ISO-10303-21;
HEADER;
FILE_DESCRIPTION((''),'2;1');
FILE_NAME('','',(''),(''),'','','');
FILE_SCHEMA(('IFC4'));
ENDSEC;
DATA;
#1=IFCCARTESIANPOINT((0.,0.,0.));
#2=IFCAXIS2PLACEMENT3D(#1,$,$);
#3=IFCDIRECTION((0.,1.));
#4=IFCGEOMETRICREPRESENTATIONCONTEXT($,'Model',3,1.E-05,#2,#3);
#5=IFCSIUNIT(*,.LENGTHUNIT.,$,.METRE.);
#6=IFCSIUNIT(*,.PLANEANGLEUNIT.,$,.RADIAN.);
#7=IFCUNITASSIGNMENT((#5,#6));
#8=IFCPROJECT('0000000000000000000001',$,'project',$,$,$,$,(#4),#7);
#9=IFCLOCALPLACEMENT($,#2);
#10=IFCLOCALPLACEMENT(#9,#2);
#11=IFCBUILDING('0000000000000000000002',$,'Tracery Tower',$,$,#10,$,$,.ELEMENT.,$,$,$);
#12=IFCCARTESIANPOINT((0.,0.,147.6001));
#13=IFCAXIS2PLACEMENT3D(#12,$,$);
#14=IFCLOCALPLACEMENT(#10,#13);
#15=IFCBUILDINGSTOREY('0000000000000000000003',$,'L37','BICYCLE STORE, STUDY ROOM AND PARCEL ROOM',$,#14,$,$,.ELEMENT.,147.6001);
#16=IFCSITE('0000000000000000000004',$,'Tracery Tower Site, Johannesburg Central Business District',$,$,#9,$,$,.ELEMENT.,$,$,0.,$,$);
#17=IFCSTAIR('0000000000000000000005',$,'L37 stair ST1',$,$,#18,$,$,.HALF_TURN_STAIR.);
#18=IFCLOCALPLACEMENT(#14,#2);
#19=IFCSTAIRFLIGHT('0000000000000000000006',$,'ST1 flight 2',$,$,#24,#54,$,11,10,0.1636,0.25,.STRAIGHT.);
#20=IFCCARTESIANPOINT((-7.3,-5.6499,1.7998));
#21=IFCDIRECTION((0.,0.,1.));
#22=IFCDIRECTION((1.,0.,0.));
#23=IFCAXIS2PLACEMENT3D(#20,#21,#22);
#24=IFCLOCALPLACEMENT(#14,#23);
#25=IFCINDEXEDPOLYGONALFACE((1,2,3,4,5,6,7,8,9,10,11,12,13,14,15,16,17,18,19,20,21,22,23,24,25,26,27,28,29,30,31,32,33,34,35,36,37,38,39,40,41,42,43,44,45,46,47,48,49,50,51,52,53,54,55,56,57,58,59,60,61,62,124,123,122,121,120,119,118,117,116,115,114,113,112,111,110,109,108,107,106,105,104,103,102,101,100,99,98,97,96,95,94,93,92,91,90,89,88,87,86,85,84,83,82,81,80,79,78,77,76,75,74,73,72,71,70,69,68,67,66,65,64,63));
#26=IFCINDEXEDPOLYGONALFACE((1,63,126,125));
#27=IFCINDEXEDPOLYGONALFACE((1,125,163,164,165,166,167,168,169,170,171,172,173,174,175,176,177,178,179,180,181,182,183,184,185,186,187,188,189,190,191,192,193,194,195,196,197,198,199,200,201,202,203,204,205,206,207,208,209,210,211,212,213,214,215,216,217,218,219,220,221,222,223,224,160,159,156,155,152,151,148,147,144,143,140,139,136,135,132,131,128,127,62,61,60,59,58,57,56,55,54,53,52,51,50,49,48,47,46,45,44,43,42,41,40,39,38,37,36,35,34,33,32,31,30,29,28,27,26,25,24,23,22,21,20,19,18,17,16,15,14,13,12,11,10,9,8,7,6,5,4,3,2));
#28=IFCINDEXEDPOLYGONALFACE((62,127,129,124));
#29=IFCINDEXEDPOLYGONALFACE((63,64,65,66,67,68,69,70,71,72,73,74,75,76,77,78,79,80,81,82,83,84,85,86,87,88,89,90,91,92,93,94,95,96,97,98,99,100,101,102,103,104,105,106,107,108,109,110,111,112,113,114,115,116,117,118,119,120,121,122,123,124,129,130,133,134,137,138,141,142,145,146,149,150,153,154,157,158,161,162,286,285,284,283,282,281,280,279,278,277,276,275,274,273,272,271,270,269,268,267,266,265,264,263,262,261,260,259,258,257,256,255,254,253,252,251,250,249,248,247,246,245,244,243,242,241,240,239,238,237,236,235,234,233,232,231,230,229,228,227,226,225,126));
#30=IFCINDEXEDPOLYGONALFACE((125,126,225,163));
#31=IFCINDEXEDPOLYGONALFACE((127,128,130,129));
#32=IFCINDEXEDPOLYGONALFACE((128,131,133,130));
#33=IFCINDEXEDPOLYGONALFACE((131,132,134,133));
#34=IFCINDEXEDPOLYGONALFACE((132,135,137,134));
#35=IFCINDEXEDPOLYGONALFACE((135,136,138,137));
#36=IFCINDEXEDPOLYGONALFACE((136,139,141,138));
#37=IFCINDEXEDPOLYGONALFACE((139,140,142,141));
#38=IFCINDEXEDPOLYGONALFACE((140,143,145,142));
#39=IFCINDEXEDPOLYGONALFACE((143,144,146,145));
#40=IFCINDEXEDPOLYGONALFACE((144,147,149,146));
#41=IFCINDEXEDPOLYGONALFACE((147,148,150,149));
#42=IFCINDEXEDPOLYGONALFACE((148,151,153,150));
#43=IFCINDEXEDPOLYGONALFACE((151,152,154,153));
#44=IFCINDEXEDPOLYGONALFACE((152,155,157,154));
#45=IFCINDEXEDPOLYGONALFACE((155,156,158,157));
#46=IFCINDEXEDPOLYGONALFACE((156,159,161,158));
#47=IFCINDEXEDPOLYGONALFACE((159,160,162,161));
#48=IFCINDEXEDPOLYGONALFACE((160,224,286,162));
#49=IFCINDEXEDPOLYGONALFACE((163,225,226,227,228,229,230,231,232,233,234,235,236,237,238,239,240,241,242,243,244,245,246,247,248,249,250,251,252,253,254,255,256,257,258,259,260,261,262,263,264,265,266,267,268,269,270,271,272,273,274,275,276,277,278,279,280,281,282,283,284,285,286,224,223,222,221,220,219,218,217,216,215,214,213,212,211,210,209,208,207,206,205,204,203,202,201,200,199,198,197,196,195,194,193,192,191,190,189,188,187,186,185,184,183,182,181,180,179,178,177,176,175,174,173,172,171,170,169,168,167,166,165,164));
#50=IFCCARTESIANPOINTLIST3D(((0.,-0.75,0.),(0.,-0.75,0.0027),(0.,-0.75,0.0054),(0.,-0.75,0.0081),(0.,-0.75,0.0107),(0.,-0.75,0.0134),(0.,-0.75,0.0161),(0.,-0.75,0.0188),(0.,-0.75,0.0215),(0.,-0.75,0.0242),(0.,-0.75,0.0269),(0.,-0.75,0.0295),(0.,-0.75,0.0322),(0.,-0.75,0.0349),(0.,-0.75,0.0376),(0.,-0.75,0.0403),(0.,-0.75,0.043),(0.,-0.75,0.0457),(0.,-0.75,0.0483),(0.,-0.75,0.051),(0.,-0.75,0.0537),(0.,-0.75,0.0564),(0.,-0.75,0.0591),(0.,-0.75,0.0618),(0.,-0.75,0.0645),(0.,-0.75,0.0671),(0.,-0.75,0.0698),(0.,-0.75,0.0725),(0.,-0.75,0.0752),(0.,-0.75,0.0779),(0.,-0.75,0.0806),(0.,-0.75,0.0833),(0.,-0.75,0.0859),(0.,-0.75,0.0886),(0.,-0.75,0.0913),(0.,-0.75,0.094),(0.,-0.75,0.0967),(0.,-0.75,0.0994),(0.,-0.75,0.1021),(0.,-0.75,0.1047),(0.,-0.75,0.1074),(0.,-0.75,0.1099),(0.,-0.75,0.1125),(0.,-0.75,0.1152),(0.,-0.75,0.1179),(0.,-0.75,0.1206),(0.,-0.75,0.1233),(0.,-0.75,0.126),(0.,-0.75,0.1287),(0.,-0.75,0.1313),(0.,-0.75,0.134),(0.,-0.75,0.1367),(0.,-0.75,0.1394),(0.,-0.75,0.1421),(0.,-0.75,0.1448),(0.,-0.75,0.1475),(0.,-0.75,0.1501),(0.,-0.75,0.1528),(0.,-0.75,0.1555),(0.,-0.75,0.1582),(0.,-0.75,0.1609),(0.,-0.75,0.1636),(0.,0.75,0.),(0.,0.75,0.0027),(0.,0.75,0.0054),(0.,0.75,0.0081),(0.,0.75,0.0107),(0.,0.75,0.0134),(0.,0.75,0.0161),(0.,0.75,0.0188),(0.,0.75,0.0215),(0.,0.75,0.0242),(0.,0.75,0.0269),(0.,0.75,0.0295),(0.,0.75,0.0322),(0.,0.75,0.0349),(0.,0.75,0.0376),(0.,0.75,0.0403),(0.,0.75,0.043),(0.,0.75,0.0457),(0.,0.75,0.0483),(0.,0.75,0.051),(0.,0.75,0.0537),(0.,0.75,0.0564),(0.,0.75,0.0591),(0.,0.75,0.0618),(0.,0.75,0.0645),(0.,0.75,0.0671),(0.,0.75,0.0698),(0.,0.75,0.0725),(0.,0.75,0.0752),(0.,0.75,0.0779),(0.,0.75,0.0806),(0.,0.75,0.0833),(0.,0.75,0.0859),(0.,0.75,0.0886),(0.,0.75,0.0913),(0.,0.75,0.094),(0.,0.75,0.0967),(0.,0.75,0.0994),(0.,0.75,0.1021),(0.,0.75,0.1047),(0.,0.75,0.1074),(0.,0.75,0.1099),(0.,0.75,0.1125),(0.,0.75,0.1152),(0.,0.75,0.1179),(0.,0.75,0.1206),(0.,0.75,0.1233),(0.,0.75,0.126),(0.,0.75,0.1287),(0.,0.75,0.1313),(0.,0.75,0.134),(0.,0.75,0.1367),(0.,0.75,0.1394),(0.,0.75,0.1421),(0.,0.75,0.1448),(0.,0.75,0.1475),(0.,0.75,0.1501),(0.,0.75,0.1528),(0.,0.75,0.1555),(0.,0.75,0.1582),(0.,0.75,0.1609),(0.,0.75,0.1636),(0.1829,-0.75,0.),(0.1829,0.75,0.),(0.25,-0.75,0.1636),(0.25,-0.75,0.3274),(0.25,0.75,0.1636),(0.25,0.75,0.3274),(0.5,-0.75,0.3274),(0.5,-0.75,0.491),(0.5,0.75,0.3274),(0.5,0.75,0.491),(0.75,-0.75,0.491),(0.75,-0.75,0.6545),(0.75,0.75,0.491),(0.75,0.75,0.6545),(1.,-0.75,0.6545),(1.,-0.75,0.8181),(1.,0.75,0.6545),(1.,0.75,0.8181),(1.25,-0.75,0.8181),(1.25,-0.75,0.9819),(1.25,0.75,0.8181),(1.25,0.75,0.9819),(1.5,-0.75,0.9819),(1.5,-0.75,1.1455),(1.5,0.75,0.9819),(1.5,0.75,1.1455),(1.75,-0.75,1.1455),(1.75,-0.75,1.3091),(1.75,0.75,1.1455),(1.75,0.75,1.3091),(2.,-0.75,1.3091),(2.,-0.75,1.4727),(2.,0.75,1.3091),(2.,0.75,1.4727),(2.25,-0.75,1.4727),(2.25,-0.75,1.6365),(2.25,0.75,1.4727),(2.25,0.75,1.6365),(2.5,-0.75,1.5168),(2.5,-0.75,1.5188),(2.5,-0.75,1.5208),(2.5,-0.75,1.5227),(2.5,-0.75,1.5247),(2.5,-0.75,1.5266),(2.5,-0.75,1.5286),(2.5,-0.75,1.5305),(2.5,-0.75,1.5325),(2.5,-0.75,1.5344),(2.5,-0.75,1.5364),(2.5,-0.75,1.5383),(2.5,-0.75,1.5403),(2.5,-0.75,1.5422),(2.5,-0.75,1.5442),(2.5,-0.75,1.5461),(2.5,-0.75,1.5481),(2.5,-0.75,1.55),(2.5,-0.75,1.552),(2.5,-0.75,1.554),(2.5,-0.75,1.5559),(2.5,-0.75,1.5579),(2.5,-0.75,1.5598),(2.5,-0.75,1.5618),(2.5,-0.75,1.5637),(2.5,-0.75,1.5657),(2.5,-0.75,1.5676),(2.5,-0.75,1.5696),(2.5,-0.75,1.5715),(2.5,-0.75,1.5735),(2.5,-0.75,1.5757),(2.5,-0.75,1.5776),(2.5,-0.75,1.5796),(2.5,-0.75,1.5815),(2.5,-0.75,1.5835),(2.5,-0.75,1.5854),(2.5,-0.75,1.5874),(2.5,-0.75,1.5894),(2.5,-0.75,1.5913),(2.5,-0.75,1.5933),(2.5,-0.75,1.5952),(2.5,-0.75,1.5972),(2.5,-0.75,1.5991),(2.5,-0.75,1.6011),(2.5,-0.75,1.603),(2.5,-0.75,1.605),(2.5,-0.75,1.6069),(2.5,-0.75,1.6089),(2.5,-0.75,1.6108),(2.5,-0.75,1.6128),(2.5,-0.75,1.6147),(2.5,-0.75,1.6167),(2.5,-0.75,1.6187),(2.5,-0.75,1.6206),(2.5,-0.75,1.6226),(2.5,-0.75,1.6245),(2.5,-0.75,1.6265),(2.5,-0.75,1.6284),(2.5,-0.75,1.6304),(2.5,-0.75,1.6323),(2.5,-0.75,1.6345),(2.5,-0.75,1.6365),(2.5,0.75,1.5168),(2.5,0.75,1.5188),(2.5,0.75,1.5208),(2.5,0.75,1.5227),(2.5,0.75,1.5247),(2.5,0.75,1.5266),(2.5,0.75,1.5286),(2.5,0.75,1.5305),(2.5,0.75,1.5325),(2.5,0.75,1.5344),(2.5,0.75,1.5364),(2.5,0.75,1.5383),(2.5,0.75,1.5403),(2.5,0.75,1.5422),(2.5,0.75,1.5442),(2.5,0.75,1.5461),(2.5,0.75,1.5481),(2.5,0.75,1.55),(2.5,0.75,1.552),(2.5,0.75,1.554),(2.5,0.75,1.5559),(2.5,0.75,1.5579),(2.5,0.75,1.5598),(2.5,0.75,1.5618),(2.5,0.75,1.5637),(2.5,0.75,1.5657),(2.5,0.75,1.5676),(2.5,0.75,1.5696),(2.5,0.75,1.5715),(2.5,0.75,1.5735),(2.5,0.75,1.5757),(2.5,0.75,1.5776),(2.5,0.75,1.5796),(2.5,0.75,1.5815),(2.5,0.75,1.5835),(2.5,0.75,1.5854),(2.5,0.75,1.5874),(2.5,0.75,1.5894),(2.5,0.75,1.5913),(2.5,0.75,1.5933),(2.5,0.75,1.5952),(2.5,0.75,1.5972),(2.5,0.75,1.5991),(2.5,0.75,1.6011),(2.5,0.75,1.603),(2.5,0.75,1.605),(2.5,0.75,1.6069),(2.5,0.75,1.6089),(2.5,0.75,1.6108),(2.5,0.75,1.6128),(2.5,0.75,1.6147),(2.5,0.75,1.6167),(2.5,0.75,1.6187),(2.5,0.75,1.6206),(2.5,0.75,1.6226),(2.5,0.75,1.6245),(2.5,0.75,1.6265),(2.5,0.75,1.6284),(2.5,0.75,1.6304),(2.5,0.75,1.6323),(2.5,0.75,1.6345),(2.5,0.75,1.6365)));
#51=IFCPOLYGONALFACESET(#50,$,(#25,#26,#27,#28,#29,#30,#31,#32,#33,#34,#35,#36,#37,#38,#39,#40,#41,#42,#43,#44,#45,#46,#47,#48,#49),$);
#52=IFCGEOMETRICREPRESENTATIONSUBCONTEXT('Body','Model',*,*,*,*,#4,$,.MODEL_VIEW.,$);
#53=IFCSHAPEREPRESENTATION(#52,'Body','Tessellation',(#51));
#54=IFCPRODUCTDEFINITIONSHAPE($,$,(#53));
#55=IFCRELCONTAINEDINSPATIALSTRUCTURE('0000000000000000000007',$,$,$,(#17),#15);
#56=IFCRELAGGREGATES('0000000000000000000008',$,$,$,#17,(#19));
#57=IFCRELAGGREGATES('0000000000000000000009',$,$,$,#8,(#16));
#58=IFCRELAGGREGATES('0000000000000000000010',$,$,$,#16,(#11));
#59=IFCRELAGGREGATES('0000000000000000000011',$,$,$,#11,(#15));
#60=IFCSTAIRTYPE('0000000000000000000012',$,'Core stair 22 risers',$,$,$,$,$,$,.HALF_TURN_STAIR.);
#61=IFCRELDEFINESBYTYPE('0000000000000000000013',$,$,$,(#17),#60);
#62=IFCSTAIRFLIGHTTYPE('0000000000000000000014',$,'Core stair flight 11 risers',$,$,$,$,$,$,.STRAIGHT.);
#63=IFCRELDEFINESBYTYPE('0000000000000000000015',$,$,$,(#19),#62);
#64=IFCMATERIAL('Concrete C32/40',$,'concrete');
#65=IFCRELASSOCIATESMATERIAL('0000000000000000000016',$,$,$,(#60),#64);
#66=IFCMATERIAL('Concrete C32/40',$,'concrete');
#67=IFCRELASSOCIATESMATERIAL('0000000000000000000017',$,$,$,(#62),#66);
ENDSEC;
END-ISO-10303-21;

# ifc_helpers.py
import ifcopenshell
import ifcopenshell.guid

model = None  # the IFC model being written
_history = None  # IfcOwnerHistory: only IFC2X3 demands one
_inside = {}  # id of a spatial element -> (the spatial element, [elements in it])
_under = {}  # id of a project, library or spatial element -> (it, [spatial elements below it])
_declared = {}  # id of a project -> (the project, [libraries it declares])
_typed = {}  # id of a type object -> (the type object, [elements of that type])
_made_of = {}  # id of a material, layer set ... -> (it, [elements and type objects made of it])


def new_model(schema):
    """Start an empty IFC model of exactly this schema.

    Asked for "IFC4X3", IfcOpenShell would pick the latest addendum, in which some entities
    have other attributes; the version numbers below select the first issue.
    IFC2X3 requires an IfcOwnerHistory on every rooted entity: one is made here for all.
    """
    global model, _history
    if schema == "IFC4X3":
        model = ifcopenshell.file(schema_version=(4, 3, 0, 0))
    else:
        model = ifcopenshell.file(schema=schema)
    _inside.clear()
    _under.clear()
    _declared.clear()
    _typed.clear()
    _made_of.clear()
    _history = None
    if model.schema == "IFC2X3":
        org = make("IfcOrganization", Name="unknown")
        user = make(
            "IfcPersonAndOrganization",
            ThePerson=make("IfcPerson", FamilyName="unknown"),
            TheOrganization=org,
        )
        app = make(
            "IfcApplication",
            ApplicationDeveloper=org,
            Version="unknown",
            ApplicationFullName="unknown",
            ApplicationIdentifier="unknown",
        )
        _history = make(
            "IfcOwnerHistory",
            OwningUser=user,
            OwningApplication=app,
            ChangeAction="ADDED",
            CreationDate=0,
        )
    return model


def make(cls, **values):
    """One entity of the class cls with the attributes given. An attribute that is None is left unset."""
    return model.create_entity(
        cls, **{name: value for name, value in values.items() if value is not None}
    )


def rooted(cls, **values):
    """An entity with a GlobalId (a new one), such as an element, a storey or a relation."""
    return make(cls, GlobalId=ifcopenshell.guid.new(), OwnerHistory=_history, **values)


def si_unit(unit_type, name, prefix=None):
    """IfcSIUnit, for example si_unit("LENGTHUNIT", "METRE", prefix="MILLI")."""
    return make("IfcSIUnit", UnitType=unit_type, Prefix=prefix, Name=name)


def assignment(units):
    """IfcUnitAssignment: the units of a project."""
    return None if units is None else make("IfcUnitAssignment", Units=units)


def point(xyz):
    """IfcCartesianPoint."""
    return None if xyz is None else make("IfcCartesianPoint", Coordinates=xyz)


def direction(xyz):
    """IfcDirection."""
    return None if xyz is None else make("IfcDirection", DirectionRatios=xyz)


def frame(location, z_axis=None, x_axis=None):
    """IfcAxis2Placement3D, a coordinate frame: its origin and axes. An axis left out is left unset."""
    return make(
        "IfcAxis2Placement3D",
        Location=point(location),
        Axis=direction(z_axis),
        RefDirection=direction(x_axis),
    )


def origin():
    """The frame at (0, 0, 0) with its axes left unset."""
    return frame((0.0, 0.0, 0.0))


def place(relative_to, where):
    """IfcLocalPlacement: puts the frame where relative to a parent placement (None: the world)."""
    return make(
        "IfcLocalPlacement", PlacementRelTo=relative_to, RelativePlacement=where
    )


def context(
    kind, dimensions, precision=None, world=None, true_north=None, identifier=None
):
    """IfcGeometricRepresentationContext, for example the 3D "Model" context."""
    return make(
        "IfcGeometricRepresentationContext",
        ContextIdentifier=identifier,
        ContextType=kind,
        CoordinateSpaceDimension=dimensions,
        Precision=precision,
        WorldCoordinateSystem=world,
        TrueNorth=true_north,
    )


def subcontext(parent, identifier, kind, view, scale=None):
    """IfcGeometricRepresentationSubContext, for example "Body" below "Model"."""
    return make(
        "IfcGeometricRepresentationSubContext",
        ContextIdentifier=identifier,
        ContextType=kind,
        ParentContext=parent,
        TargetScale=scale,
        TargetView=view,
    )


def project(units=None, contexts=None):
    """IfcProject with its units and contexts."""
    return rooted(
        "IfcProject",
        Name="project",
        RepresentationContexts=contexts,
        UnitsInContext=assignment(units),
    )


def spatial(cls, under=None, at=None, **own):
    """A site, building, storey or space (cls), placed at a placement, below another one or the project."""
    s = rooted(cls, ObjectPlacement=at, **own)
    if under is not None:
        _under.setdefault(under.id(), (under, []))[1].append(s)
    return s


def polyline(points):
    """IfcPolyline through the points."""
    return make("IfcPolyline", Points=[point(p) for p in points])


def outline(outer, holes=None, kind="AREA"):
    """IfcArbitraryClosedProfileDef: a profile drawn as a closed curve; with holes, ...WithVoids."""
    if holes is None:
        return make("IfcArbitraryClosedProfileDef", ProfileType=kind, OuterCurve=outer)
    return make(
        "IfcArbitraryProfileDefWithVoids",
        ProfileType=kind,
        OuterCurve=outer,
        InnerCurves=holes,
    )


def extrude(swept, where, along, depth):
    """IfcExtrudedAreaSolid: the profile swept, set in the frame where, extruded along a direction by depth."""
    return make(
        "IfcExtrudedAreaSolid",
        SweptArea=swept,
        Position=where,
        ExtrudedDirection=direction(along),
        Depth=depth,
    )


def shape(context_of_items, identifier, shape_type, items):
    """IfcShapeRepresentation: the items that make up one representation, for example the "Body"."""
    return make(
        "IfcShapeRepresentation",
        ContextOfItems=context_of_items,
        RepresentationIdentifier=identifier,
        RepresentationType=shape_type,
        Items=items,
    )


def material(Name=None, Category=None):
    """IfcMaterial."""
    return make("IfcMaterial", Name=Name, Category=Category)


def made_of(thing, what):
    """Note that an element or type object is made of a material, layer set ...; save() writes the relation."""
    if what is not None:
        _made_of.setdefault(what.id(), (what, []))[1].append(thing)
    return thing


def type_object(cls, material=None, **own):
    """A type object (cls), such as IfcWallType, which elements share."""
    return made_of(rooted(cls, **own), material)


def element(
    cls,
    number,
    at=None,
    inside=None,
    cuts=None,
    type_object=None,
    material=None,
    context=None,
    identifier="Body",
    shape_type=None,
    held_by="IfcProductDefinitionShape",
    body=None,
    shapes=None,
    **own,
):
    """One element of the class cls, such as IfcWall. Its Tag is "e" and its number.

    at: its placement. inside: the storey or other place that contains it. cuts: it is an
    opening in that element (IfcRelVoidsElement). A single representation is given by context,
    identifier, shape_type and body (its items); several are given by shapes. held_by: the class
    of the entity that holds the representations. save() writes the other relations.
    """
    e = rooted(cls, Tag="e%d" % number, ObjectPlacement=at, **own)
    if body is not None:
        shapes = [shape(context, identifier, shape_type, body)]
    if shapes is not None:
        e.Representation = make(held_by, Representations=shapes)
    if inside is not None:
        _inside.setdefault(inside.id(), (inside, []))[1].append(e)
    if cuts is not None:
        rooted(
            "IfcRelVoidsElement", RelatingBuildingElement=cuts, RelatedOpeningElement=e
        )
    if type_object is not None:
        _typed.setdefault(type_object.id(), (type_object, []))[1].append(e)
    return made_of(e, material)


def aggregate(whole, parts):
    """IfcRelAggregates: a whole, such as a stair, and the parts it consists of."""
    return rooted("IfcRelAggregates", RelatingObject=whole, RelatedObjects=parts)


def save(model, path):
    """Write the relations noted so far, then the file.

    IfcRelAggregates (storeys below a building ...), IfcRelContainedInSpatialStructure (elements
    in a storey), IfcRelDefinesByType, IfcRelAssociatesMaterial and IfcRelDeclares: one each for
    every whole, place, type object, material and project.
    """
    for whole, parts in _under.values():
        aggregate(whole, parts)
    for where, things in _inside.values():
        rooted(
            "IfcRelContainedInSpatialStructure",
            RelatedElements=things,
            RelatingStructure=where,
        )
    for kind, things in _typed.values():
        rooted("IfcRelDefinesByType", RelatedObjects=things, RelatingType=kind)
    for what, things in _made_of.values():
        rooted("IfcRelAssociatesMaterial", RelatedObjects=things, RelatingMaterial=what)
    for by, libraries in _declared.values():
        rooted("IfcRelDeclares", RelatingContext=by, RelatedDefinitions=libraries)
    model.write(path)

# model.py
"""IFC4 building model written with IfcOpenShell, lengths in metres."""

from ifc_helpers import new_model, si_unit, direction, frame, origin, place, context, subcontext, project, spatial, polyline, outline, extrude, material, type_object, element, aggregate, save


model = new_model("IFC4")

# Units and contexts
model_context = context("Model", 3, precision=1e-05, world=origin(), true_north=direction((0.0, 1.0)))
body_context = subcontext(model_context, "Body", "Model", "MODEL_VIEW")
ifc_project = project(units=[si_unit("LENGTHUNIT", "METRE"), si_unit("PLANEANGLEUNIT", "RADIAN")], contexts=[model_context])

# Site, building, storey
site_placement = place(None, origin())
site = spatial("IfcSite", under=ifc_project, at=site_placement, Name="Tracery Tower Site, Johannesburg Central Business District", CompositionType="ELEMENT", RefElevation=0.0)
building_placement = place(site_placement, origin())
building = spatial("IfcBuilding", under=site, at=building_placement, Name="Tracery Tower", CompositionType="ELEMENT")
storey_placement = place(building_placement, frame((0.0, 0.0, 147.6001)))
storey = spatial("IfcBuildingStorey", under=building, at=storey_placement, Name="L37", Description="BICYCLE STORE, STUDY ROOM AND PARCEL ROOM", CompositionType="ELEMENT", Elevation=147.6001)

# Stair, stair flight
ifc_material_1 = material(Name="Concrete C32/40", Category="concrete")
stair_type = type_object("IfcStairType", Name="Core stair 22 risers", PredefinedType="HALF_TURN_STAIR", material=ifc_material_1)
stair_placement = place(storey_placement, origin())
stair = element("IfcStair", 1, at=stair_placement, inside=storey, type_object=stair_type, Name="L37 stair ST1", PredefinedType="HALF_TURN_STAIR")
ifc_material_2 = material(Name="Concrete C32/40", Category="concrete")
stair_flight_type = type_object("IfcStairFlightType", Name="Core stair flight 11 risers", PredefinedType="STRAIGHT", material=ifc_material_2)
stair_flight_1_placement = place(storey_placement, frame((-7.3, -5.6499, 1.7998), z_axis=(0.0, 0.0, 1.0), x_axis=(1.0, 0.0, 0.0)))
stair_flight_1 = element("IfcStairFlight", 2, at=stair_flight_1_placement, type_object=stair_flight_type, Name="ST1 flight 2", NumberOfRisers=11, NumberOfTreads=10, PredefinedType="STRAIGHT", RiserHeight=0.1636, TreadLength=0.25, context=body_context, shape_type="SweptSolid", body=[
    extrude(outline(polyline([(0.0, 0.0), (0.0, 0.0027), (0.0, 0.0054), (0.0, 0.0081), (0.0, 0.0107), (0.0, 0.0134), (0.0, 0.0161), (0.0, 0.0188), (0.0, 0.0215), (0.0, 0.0242), (0.0, 0.0269), (0.0, 0.0295), (0.0, 0.0322), (0.0, 0.0349), (0.0, 0.0376), (0.0, 0.0403), (0.0, 0.043), (0.0, 0.0457), (0.0, 0.0483), (0.0, 0.051), (0.0, 0.0537), (0.0, 0.0564), (0.0, 0.0591), (0.0, 0.0618), (0.0, 0.0645), (0.0, 0.0671), (0.0, 0.0698), (0.0, 0.0725), (0.0, 0.0752), (0.0, 0.0779), (0.0, 0.0806), (0.0, 0.0833), (0.0, 0.0859), (0.0, 0.0886), (0.0, 0.0913), (0.0, 0.094), (0.0, 0.0967), (0.0, 0.0994), (0.0, 0.1021), (0.0, 0.1047), (0.0, 0.1074), (0.0, 0.1099), (0.0, 0.1125), (0.0, 0.1152), (0.0, 0.1179), (0.0, 0.1206), (0.0, 0.1233), (0.0, 0.126), (0.0, 0.1287), (0.0, 0.1313), (0.0, 0.134), (0.0, 0.1367), (0.0, 0.1394), (0.0, 0.1421), (0.0, 0.1448), (0.0, 0.1475), (0.0, 0.1501), (0.0, 0.1528), (0.0, 0.1555), (0.0, 0.1582), (0.0, 0.1609), (0.0, 0.1636), (0.25, 0.1636), (0.25, 0.3274), (0.5, 0.3274), (0.5, 0.491), (0.75, 0.491), (0.75, 0.6545), (1.0, 0.6545), (1.0, 0.8181), (1.25, 0.8181), (1.25, 0.9819), (1.5, 0.9819), (1.5, 1.1455), (1.75, 1.1455), (1.75, 1.3091), (2.0, 1.3091), (2.0, 1.4727), (2.25, 1.4727), (2.25, 1.6365), (2.5, 1.6365), (2.5, 1.6345), (2.5, 1.6323), (2.5, 1.6304), (2.5, 1.6284), (2.5, 1.6265), (2.5, 1.6245), (2.5, 1.6226), (2.5, 1.6206), (2.5, 1.6187), (2.5, 1.6167), (2.5, 1.6147), (2.5, 1.6128), (2.5, 1.6108), (2.5, 1.6089), (2.5, 1.6069), (2.5, 1.605), (2.5, 1.603), (2.5, 1.6011), (2.5, 1.5991), (2.5, 1.5972), (2.5, 1.5952), (2.5, 1.5933), (2.5, 1.5913), (2.5, 1.5894), (2.5, 1.5874), (2.5, 1.5854), (2.5, 1.5835), (2.5, 1.5815), (2.5, 1.5796), (2.5, 1.5776), (2.5, 1.5757), (2.5, 1.5735), (2.5, 1.5715), (2.5, 1.5696), (2.5, 1.5676), (2.5, 1.5657), (2.5, 1.5637), (2.5, 1.5618), (2.5, 1.5598), (2.5, 1.5579), (2.5, 1.5559), (2.5, 1.554), (2.5, 1.552), (2.5, 1.55), (2.5, 1.5481), (2.5, 1.5461), (2.5, 1.5442), (2.5, 1.5422), (2.5, 1.5403), (2.5, 1.5383), (2.5, 1.5364), (2.5, 1.5344), (2.5, 1.5325), (2.5, 1.5305), (2.5, 1.5286), (2.5, 1.5266), (2.5, 1.5247), (2.5, 1.5227), (2.5, 1.5208), (2.5, 1.5188), (2.5, 1.5168), (0.1829, 0.0), (0.0, 0.0)])), frame((0.0, 0.75, 0.0), z_axis=(0.0, -1.0, 0.0), x_axis=(1.0, 0.0, 0.0)), (0.0, 0.0, 1.0), 1.5),
])
aggregate(stair, [stair_flight_1])

save(model, "model.ifc")
